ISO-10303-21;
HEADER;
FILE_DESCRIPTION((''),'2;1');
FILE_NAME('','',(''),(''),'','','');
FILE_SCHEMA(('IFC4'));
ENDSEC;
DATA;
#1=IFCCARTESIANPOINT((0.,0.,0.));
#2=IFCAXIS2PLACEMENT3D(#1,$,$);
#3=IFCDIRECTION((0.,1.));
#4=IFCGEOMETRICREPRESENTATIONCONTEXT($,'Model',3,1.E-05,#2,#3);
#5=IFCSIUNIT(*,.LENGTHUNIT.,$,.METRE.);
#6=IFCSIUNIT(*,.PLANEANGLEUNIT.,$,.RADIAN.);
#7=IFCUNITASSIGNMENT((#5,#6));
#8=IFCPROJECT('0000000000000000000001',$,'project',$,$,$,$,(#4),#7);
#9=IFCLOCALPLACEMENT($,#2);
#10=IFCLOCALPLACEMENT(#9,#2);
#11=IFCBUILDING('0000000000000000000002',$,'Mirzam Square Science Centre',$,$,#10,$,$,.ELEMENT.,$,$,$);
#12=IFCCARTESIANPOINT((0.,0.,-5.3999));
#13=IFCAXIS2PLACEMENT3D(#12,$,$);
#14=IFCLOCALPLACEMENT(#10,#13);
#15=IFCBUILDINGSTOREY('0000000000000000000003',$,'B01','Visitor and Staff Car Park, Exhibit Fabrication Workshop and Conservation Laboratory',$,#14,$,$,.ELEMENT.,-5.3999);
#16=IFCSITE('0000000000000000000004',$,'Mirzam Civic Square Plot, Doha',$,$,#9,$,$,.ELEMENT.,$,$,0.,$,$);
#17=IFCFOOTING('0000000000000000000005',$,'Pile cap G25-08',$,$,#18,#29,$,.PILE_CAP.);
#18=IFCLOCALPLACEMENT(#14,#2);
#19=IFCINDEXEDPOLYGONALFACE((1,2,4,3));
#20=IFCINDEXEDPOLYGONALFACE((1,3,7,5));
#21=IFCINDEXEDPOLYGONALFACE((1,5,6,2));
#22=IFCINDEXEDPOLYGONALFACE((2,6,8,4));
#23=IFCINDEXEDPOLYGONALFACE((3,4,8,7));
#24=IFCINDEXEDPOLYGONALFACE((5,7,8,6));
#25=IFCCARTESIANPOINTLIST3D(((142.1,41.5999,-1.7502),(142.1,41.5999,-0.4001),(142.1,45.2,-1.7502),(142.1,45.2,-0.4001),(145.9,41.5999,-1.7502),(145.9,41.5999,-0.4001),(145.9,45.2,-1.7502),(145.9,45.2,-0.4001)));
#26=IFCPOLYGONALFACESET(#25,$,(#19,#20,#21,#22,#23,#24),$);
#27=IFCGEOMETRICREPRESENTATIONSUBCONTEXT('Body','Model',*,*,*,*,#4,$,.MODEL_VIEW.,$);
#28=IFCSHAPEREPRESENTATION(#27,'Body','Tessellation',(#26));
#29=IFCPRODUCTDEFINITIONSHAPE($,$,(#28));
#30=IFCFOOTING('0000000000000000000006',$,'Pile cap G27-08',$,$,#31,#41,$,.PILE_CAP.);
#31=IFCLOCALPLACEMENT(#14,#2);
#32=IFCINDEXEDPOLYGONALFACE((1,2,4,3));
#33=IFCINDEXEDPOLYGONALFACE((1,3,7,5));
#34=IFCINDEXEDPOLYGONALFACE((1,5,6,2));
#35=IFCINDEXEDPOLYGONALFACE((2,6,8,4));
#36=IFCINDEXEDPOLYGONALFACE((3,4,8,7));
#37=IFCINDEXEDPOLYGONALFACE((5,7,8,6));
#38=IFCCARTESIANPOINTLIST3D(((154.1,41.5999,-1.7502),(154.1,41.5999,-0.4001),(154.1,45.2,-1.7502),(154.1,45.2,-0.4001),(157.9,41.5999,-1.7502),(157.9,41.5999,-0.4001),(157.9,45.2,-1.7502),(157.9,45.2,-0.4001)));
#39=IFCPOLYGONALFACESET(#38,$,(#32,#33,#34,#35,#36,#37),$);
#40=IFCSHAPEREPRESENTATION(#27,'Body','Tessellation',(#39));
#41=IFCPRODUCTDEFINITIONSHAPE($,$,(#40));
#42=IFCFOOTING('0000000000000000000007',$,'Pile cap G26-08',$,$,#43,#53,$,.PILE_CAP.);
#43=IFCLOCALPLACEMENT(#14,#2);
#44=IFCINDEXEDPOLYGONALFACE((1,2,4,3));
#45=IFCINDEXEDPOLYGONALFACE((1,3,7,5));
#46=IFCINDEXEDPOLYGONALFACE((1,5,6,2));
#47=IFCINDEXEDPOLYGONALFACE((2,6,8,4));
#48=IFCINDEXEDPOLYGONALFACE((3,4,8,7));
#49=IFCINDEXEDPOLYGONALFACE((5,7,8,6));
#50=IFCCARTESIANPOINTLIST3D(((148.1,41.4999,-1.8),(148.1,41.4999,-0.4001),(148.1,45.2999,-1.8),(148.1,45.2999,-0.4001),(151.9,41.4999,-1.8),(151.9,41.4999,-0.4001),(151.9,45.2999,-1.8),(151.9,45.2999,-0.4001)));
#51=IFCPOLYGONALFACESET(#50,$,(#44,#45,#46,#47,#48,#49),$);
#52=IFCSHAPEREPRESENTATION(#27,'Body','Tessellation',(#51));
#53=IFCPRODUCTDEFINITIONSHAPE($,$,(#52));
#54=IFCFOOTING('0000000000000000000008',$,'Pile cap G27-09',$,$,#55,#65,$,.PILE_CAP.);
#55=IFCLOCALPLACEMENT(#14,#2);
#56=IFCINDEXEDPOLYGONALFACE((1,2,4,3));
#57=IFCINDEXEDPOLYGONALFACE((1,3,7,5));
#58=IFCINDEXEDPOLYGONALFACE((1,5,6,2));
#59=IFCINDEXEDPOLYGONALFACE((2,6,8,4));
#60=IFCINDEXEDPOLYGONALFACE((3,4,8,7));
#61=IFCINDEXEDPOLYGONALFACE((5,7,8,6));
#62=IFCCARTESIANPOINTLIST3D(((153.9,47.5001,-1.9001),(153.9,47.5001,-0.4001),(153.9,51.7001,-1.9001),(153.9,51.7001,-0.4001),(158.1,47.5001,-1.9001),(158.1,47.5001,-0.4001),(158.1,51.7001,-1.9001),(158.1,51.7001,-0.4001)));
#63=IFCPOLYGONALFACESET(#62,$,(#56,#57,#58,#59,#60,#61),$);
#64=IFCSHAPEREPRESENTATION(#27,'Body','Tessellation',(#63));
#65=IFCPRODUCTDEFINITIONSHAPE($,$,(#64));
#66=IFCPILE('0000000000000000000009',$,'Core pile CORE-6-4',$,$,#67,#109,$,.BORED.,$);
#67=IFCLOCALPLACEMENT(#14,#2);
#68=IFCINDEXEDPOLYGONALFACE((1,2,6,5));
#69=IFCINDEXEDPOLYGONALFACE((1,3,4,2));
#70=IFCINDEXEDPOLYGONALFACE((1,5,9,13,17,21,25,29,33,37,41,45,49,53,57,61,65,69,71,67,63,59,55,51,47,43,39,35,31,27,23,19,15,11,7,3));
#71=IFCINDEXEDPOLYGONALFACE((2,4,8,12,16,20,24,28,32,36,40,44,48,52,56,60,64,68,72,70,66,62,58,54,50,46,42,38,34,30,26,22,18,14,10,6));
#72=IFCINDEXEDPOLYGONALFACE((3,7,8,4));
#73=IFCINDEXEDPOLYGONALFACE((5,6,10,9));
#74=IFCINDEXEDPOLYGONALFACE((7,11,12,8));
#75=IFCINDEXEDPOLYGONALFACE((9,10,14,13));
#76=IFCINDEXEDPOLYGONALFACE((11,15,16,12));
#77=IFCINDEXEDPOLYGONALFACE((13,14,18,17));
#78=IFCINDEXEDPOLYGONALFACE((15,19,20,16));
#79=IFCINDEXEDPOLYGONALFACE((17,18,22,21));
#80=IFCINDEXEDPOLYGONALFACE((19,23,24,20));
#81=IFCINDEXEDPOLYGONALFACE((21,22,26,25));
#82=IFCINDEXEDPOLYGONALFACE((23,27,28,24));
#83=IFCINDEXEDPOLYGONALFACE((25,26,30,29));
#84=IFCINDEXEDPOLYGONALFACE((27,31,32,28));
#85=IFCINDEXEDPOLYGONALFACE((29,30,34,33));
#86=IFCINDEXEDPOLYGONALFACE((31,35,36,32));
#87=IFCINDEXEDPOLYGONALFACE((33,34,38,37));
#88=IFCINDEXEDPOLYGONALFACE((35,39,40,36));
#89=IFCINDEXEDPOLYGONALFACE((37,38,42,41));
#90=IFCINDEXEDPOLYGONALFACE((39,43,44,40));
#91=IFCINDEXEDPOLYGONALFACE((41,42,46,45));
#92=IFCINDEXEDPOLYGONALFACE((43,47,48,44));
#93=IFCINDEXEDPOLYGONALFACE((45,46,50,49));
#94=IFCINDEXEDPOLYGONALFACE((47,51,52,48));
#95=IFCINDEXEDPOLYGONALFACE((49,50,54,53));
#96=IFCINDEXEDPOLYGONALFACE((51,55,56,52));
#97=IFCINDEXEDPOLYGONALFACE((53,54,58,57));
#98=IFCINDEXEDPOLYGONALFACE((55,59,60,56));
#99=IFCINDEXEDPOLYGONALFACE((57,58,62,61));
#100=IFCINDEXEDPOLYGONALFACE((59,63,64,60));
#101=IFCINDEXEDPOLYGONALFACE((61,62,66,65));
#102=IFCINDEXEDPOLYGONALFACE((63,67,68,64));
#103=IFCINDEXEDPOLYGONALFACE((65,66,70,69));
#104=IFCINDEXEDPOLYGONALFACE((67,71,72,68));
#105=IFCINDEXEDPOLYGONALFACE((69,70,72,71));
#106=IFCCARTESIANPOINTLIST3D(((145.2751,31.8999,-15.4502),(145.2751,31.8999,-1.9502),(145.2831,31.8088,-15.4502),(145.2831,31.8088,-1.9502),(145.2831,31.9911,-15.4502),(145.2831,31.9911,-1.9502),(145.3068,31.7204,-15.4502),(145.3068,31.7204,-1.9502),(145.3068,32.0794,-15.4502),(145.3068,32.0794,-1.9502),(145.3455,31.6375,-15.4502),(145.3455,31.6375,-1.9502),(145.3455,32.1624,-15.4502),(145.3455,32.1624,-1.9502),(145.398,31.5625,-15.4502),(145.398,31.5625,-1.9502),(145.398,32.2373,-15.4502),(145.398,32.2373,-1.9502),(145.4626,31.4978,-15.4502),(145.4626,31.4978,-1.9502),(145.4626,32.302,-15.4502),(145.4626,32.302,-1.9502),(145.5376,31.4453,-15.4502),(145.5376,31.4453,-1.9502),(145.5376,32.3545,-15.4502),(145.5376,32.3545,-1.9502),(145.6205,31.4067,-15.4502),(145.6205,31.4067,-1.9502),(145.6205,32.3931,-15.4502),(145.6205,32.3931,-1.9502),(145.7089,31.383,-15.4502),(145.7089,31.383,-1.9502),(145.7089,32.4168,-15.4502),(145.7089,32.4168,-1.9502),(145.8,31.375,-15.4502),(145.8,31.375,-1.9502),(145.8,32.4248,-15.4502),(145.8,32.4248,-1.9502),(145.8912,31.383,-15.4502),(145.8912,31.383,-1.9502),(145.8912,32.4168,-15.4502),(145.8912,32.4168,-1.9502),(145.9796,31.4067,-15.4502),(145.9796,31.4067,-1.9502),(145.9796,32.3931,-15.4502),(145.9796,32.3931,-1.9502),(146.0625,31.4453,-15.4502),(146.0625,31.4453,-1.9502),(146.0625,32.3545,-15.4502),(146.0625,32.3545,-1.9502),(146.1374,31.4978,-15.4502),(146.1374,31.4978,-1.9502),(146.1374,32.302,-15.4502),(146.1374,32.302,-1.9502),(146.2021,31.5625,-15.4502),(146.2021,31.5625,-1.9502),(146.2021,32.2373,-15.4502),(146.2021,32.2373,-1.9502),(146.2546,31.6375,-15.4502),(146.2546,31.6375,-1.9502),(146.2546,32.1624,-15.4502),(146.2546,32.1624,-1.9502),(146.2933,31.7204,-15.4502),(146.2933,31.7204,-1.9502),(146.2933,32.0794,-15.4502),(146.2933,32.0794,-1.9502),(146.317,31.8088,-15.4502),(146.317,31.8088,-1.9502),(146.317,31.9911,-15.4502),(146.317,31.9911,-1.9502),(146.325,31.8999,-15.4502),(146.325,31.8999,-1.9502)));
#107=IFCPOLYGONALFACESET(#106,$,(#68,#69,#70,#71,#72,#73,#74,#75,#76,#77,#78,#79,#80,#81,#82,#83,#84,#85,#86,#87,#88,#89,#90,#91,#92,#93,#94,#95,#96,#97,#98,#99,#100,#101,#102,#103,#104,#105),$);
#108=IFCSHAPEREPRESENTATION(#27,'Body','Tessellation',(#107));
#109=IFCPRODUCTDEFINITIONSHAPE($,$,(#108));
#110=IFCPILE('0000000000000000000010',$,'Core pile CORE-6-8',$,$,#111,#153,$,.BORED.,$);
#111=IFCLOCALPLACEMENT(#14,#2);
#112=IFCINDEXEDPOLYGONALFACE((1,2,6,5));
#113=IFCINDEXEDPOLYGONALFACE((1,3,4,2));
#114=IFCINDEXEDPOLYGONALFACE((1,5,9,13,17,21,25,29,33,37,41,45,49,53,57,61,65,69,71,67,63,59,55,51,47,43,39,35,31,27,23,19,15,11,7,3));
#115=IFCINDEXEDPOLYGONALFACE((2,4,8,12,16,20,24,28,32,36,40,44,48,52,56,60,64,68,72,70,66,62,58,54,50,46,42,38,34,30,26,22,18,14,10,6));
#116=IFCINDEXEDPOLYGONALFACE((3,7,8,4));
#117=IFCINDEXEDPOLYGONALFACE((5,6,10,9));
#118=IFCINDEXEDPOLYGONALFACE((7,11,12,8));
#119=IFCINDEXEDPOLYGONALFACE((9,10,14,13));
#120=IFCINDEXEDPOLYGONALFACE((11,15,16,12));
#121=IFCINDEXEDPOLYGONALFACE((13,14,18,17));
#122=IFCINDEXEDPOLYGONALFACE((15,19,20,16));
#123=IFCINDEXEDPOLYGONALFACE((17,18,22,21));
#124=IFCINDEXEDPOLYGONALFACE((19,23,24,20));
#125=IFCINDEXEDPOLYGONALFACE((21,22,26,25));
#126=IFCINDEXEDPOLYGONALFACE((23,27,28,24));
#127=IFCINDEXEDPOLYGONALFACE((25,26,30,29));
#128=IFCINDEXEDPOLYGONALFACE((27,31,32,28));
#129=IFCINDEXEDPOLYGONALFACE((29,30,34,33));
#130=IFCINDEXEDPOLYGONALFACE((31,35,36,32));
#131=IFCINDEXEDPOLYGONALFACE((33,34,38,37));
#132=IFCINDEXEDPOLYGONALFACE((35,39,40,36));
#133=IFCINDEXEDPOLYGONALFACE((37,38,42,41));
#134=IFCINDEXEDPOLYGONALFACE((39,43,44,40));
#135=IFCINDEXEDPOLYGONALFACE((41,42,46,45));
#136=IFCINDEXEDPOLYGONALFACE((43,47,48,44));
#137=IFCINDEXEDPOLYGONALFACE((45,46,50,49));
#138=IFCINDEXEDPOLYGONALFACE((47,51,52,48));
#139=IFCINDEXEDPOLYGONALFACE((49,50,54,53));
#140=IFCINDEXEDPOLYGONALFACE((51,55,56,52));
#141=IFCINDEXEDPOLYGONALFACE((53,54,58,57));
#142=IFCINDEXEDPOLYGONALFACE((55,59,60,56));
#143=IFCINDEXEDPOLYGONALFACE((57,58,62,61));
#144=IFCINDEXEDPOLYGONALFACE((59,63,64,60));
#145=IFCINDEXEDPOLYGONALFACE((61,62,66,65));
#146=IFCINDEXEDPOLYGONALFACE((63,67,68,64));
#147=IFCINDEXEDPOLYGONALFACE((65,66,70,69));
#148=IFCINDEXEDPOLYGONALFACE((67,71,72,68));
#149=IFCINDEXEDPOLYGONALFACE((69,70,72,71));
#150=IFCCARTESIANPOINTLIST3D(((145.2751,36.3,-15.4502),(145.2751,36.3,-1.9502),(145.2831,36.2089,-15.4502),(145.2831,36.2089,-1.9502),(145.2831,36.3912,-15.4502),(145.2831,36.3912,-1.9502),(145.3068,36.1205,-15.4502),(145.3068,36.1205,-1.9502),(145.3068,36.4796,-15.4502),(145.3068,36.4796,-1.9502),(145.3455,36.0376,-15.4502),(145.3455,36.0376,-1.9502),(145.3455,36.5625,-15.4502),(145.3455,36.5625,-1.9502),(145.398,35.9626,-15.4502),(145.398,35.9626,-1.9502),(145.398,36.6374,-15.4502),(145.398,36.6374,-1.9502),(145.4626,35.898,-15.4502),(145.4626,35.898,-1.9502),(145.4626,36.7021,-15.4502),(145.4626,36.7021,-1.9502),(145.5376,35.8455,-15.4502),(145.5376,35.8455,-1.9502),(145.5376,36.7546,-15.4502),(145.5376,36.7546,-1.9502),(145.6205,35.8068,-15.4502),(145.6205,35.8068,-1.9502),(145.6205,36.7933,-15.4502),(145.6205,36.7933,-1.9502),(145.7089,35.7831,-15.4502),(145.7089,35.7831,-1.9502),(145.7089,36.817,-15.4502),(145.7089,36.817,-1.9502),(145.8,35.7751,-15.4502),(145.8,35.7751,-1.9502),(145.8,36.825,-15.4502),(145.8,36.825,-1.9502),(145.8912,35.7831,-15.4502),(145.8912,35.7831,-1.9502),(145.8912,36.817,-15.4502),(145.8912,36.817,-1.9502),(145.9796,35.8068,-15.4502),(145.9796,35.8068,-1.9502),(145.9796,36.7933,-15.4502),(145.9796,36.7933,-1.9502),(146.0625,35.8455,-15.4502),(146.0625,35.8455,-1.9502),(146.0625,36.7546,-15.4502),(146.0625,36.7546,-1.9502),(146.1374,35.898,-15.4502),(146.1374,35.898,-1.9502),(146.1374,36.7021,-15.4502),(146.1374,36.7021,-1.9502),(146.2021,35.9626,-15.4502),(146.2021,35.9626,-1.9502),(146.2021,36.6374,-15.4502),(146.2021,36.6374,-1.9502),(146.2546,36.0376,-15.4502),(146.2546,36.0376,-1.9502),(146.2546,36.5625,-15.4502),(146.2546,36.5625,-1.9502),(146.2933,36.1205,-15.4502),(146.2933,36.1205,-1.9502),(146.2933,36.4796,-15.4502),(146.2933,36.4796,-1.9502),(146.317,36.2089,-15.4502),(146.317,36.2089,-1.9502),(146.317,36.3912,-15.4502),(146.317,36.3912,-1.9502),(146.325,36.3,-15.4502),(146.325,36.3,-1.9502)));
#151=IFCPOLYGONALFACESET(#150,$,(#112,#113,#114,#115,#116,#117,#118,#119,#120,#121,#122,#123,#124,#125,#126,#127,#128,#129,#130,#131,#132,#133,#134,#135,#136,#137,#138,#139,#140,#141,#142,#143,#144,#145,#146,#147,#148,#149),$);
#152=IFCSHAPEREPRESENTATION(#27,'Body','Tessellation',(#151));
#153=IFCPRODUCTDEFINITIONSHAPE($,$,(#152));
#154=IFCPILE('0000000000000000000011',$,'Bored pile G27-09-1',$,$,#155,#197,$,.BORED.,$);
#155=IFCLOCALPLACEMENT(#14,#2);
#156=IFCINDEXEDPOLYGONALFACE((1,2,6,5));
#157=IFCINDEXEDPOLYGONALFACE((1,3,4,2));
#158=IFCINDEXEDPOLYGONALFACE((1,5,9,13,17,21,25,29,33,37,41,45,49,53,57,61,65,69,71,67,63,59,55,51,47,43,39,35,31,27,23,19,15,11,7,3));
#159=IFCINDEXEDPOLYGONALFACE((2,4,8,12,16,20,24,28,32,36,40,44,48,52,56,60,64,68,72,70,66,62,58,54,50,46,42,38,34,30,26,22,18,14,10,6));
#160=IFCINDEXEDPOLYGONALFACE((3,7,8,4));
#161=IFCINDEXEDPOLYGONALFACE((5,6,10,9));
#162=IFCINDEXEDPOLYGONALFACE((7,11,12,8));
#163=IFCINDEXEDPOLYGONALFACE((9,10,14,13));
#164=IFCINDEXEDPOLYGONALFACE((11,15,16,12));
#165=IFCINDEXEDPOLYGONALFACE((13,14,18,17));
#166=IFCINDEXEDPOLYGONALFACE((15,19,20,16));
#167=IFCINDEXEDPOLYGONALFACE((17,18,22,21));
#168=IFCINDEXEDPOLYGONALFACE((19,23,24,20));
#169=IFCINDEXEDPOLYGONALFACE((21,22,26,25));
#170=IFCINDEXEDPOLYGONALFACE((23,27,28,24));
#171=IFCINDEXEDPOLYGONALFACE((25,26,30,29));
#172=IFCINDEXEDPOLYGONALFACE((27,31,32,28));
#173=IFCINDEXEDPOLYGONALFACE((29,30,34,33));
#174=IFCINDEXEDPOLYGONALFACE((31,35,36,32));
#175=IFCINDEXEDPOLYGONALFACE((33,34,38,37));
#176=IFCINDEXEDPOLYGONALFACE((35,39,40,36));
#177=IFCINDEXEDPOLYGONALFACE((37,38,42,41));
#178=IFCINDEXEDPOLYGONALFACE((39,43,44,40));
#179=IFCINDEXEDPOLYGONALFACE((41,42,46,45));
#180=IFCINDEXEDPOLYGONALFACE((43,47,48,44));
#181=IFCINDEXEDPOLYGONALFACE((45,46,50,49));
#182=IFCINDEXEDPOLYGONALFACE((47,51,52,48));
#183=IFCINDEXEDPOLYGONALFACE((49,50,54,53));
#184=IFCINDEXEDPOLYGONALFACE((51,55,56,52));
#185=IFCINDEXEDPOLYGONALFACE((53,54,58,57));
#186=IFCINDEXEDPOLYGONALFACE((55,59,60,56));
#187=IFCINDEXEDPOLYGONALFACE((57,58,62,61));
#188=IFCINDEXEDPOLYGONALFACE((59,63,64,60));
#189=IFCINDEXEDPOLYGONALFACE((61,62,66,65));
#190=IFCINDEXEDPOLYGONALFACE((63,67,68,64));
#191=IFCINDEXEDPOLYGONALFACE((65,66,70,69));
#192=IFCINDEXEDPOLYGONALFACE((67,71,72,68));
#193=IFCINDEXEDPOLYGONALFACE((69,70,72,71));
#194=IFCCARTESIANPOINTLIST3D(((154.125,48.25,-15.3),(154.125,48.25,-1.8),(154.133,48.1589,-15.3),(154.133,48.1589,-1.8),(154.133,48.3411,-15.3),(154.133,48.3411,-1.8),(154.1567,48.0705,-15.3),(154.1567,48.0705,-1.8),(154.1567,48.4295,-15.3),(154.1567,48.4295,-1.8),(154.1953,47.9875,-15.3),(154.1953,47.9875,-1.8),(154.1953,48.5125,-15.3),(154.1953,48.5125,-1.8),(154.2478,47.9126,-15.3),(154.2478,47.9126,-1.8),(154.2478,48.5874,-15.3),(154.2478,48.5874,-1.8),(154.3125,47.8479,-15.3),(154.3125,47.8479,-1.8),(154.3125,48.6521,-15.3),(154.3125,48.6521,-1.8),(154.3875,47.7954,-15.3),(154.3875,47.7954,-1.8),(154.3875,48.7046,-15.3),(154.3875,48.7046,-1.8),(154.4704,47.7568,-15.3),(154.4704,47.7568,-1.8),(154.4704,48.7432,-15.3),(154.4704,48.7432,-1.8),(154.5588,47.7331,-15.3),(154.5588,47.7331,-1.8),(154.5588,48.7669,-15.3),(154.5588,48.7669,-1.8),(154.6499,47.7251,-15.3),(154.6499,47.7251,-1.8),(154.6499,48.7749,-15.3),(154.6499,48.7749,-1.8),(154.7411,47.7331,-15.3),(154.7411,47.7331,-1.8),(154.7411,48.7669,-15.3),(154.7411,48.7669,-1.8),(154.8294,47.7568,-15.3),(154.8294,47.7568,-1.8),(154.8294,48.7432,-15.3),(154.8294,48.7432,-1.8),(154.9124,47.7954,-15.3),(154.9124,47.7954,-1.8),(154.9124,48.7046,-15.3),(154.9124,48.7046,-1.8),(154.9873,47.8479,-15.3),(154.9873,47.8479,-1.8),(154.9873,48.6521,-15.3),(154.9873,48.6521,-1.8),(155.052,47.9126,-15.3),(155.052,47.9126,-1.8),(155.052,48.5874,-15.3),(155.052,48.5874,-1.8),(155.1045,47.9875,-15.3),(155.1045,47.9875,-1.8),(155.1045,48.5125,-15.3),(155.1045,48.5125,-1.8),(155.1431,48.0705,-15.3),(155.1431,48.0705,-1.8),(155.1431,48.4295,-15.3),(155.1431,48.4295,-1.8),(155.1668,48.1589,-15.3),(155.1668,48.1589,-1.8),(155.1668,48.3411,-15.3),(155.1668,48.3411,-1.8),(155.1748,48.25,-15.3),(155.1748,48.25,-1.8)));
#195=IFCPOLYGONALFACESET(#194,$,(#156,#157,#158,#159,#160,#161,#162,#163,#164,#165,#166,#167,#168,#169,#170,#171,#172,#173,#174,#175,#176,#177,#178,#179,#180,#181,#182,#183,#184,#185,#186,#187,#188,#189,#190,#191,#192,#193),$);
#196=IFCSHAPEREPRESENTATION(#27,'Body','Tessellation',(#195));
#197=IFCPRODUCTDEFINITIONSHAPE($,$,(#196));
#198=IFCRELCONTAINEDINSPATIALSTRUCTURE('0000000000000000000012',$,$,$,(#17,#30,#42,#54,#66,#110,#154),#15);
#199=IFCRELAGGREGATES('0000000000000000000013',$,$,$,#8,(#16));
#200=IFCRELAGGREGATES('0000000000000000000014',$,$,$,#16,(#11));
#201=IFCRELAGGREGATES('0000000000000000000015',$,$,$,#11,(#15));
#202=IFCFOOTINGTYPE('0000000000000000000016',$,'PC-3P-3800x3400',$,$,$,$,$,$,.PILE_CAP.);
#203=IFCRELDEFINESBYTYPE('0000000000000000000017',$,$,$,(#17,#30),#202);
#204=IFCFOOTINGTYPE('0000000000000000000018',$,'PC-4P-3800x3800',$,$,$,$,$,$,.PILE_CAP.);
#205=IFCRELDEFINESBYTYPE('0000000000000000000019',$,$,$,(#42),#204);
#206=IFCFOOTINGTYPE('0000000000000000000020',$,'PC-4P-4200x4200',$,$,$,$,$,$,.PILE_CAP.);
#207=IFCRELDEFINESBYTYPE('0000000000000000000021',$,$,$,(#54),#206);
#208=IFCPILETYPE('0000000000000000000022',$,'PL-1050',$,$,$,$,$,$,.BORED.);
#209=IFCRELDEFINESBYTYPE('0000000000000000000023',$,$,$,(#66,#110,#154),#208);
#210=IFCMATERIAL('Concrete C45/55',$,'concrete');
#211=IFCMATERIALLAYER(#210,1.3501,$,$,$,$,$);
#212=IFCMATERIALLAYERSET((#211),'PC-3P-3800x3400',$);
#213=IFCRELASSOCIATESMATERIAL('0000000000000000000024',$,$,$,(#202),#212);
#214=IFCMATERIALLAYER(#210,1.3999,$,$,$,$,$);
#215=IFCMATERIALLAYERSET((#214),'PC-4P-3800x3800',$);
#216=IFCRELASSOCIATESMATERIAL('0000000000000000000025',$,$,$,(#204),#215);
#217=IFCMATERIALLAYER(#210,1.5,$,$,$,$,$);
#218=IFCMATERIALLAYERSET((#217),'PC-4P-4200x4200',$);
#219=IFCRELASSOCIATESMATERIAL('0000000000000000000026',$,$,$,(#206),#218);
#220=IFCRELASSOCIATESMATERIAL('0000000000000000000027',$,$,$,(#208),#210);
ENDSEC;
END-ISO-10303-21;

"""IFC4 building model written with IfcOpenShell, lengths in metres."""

from ifc_helpers import new_model, si_unit, direction, frame, origin, origin_2d, place, context, subcontext, project, spatial, rectangle, circle, extrude, material, layer, layer_set, material_profile, profile_set, type_object, element, save


model = new_model("IFC4")

# Units and contexts
model_context = context("Model", 3, precision=1e-05, world=origin(), true_north=direction((0.0, 1.0)))
body_context = subcontext(model_context, "Body", "Model", "MODEL_VIEW")
ifc_project = project(units=[si_unit("LENGTHUNIT", "METRE"), si_unit("PLANEANGLEUNIT", "RADIAN")], contexts=[model_context])

# Site, building, storey
site_placement = place(None, origin())
site = spatial("IfcSite", under=ifc_project, at=site_placement, Name="Mirzam Civic Square Plot, Doha", CompositionType="ELEMENT", RefElevation=0.0)
building_placement = place(site_placement, origin())
building = spatial("IfcBuilding", under=site, at=building_placement, Name="Mirzam Square Science Centre", CompositionType="ELEMENT")
storey_placement = place(building_placement, frame((0.0, 0.0, -5.3999)))
storey = spatial("IfcBuildingStorey", under=building, at=storey_placement, Name="B01", Description="Visitor and Staff Car Park, Exhibit Fabrication Workshop and Conservation Laboratory", CompositionType="ELEMENT", Elevation=-5.3999)

# Footings
ifc_material = material(Name="Concrete C45/55", Category="concrete")
ifc_layer_1 = layer(ifc_material, 1.3501)
ifc_layer_set_1 = layer_set([ifc_layer_1], Name="PC-3P-3800x3400")
footing_type_1 = type_object("IfcFootingType", Name="PC-3P-3800x3400", PredefinedType="PILE_CAP", material=ifc_layer_set_1)
for number, where, z_axis, x_axis, name in (
    (1, (144.0, 43.3999, -1.7502), (0.0, 0.0, 1.0), (1.0, 0.0, 0.0), "Pile cap G25-08"),
    (2, (156.0, 43.3999, -1.7502), (0.0, 0.0, 1.0), (1.0, 0.0, 0.0), "Pile cap G27-08"),
):
    element("IfcFooting", number, at=place(storey_placement, frame(where, z_axis=z_axis, x_axis=x_axis)), inside=storey, type_object=footing_type_1, Name=name, PredefinedType="PILE_CAP", context=body_context, shape_type="SweptSolid", body=[
        extrude(rectangle(XDim=3.8, YDim=3.6001, at=origin_2d()), origin(), (0.0, 0.0, 1.0), 1.3501),
    ])
ifc_layer_2 = layer(ifc_material, 1.3999)
ifc_layer_set_2 = layer_set([ifc_layer_2], Name="PC-4P-3800x3800")
footing_type_2 = type_object("IfcFootingType", Name="PC-4P-3800x3800", PredefinedType="PILE_CAP", material=ifc_layer_set_2)
footing_1_placement = place(storey_placement, frame((150.0, 43.3999, -1.8), z_axis=(0.0, 0.0, 1.0), x_axis=(1.0, 0.0, 0.0)))
element("IfcFooting", 3, at=footing_1_placement, inside=storey, type_object=footing_type_2, Name="Pile cap G26-08", PredefinedType="PILE_CAP", context=body_context, shape_type="SweptSolid", body=[
    extrude(rectangle(XDim=3.8, YDim=3.8, at=origin_2d()), origin(), (0.0, 0.0, 1.0), 1.3999),
])
ifc_layer_3 = layer(ifc_material, 1.5)
ifc_layer_set_3 = layer_set([ifc_layer_3], Name="PC-4P-4200x4200")
footing_type_3 = type_object("IfcFootingType", Name="PC-4P-4200x4200", PredefinedType="PILE_CAP", material=ifc_layer_set_3)
footing_2_placement = place(storey_placement, frame((156.0, 49.6001, -1.9001), z_axis=(0.0, 0.0, 1.0), x_axis=(1.0, 0.0, 0.0)))
element("IfcFooting", 4, at=footing_2_placement, inside=storey, type_object=footing_type_3, Name="Pile cap G27-09", PredefinedType="PILE_CAP", context=body_context, shape_type="SweptSolid", body=[
    extrude(rectangle(XDim=4.2, YDim=4.2, at=origin_2d()), origin(), (0.0, 0.0, 1.0), 1.5),
])

# Piles
ifc_material_profile_1 = material_profile(ifc_material, circle(Radius=0.5249, at=origin_2d()), Name="PILE-D1050")
ifc_profile_set_1 = profile_set([ifc_material_profile_1], Name="Concrete C45/55")
pile_type_1 = type_object("IfcPileType", Name="PL-1050", PredefinedType="BORED", material=ifc_profile_set_1)
for number, where, z_axis, x_axis, name in (
    (5, (145.8, 31.8999, -1.9502), (0.0, 0.0, -1.0), (1.0, 0.0, 0.0), "Core pile CORE-6-4"),
    (6, (145.8, 36.3, -1.9502), (0.0, 0.0, -1.0), (1.0, 0.0, 0.0), "Core pile CORE-6-8"),
    (7, (154.6499, 48.25, -1.8), (0.0, 0.0, -1.0), (1.0, 0.0, 0.0), "Bored pile G27-09-1"),
):
    element("IfcPile", number, at=place(storey_placement, frame(where, z_axis=z_axis, x_axis=x_axis)), inside=storey, type_object=pile_type_1, Name=name, PredefinedType="BORED", context=body_context, shape_type="SweptSolid", body=[
        extrude(circle(Radius=0.5249, at=origin_2d()), origin(), (0.0, 0.0, 1.0), 13.5),
    ])

save(model, "model.ifc")
